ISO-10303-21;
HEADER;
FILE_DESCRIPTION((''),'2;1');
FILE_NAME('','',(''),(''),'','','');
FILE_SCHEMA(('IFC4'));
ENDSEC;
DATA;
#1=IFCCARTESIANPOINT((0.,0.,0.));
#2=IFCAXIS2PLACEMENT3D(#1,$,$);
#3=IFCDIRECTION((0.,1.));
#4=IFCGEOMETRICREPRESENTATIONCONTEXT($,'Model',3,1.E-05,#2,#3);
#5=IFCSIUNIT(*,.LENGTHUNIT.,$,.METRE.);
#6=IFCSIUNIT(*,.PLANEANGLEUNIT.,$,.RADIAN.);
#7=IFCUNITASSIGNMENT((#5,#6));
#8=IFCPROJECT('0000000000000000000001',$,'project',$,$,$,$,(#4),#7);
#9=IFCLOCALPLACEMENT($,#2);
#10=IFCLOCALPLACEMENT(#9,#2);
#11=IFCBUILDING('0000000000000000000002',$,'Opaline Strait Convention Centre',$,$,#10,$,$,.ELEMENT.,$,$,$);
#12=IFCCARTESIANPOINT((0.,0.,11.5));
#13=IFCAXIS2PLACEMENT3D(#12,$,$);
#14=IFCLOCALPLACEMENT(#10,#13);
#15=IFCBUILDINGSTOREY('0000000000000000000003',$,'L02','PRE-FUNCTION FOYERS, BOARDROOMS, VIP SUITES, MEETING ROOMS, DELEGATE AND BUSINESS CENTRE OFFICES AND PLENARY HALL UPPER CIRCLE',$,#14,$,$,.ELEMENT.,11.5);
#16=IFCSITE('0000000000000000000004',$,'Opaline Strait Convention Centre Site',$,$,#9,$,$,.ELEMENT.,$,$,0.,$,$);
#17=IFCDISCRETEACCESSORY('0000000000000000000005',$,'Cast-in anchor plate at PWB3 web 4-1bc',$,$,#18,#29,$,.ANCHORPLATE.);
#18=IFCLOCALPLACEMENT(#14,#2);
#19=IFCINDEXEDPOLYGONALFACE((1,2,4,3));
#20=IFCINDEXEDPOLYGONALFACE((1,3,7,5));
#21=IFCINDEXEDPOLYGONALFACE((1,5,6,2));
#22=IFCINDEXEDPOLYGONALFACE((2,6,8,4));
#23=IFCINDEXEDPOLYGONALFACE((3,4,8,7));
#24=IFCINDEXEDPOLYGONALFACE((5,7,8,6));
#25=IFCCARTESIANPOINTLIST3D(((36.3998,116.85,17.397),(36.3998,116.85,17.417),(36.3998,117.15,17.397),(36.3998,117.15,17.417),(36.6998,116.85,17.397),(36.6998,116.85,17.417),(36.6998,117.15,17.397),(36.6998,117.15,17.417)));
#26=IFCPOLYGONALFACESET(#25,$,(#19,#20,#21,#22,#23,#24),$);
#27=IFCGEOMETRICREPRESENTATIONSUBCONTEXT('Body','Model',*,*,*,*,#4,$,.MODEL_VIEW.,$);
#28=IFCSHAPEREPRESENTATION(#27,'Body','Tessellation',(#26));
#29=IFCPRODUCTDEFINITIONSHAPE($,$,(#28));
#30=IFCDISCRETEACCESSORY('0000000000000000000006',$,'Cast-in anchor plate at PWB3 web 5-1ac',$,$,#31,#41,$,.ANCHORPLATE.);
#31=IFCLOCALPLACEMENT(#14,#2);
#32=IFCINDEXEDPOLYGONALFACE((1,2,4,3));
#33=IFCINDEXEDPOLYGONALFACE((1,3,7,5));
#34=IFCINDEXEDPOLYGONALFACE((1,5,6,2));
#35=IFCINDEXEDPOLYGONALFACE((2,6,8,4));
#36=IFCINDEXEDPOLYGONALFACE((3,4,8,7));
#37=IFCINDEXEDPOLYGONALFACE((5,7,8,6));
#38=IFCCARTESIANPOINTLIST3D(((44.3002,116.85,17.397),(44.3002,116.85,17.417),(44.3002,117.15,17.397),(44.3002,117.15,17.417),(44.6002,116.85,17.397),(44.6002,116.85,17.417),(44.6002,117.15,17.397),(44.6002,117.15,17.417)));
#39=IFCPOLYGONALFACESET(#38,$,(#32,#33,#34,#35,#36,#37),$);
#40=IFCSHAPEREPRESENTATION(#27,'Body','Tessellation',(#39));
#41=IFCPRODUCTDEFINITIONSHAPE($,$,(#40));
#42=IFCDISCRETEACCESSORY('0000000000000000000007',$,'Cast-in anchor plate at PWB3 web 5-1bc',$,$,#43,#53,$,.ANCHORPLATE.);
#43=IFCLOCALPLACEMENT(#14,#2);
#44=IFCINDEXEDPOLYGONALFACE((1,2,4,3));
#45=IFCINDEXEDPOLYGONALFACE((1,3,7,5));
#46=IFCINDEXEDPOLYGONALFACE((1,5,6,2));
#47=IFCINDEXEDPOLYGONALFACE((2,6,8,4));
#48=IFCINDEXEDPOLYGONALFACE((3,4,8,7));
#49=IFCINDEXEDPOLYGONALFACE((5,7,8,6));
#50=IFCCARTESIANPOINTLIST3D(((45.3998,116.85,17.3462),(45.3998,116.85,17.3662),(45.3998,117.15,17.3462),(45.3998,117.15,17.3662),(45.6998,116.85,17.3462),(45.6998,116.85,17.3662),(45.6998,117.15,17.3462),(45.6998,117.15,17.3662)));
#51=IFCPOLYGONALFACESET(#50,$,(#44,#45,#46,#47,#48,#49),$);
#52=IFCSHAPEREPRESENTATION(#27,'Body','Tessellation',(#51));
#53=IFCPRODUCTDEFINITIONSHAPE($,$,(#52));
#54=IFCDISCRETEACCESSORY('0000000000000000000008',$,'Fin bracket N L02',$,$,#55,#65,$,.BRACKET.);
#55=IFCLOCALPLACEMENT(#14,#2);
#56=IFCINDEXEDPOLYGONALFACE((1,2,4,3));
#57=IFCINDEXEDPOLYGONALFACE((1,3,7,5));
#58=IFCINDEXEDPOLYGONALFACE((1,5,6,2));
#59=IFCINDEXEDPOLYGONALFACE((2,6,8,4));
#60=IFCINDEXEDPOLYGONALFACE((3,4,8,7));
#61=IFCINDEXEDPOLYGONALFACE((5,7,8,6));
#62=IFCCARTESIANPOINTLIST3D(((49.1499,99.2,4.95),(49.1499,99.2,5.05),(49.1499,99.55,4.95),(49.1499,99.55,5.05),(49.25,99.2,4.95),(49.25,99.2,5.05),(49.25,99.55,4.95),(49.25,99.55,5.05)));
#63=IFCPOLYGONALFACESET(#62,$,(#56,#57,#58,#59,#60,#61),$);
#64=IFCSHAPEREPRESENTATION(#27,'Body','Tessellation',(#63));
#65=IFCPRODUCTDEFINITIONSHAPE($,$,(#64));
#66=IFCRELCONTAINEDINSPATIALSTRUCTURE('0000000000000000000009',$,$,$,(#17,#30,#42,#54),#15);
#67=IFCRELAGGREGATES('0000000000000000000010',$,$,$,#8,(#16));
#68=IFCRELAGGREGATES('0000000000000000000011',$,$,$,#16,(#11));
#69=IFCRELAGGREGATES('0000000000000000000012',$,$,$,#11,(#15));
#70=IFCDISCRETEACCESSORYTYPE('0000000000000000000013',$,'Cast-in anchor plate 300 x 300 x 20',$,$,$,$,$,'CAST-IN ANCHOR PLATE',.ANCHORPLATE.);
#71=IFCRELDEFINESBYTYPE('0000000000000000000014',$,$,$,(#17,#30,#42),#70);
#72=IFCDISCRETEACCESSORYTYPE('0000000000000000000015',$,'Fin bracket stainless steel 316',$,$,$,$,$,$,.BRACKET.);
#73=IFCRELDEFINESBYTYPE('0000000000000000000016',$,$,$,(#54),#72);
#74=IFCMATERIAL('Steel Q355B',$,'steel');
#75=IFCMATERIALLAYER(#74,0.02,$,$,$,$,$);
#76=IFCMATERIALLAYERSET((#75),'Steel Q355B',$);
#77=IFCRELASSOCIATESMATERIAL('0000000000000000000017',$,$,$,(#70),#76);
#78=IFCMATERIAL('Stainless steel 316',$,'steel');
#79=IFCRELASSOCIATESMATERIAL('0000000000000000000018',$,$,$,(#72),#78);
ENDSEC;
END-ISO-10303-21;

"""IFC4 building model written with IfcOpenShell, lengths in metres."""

from ifc_helpers import new_model, si_unit, direction, frame, origin, origin_2d, place, context, subcontext, project, spatial, rectangle, extrude, material, layer, layer_set, type_object, element, save


model = new_model("IFC4")

# Units and contexts
model_context = context("Model", 3, precision=1e-05, world=origin(), true_north=direction((0.0, 1.0)))
body_context = subcontext(model_context, "Body", "Model", "MODEL_VIEW")
ifc_project = project(units=[si_unit("LENGTHUNIT", "METRE"), si_unit("PLANEANGLEUNIT", "RADIAN")], contexts=[model_context])

# Site, building, storey
site_placement = place(None, origin())
site = spatial("IfcSite", under=ifc_project, at=site_placement, Name="Opaline Strait Convention Centre Site", CompositionType="ELEMENT", RefElevation=0.0)
building_placement = place(site_placement, origin())
building = spatial("IfcBuilding", under=site, at=building_placement, Name="Opaline Strait Convention Centre", CompositionType="ELEMENT")
storey_placement = place(building_placement, frame((0.0, 0.0, 11.5)))
storey = spatial("IfcBuildingStorey", under=building, at=storey_placement, Name="L02", Description="PRE-FUNCTION FOYERS, BOARDROOMS, VIP SUITES, MEETING ROOMS, DELEGATE AND BUSINESS CENTRE OFFICES AND PLENARY HALL UPPER CIRCLE", CompositionType="ELEMENT", Elevation=11.5)

# Shared definitions
ifc_material_1 = material(Name="Steel Q355B", Category="steel")

# Discrete accessories
ifc_layer_1 = layer(ifc_material_1, 0.02)
ifc_layer_set_1 = layer_set([ifc_layer_1], Name="Steel Q355B")
discrete_accessory_type_1 = type_object("IfcDiscreteAccessoryType", Name="Cast-in anchor plate 300 x 300 x 20", ElementType="CAST-IN ANCHOR PLATE", PredefinedType="ANCHORPLATE", material=ifc_layer_set_1)
for number, where, z_axis, x_axis, name in (
    (1, (36.5498, 117.0, 17.397), (0.0, 0.0, 1.0), (1.0, 0.0, 0.0), "Cast-in anchor plate at PWB3 web 4-1bc"),
    (2, (44.4502, 117.0, 17.397), (0.0, 0.0, 1.0), (1.0, 0.0, 0.0), "Cast-in anchor plate at PWB3 web 5-1ac"),
    (3, (45.5498, 117.0, 17.3462), (0.0, 0.0, 1.0), (1.0, 0.0, 0.0), "Cast-in anchor plate at PWB3 web 5-1bc"),
):
    element("IfcDiscreteAccessory", number, at=place(storey_placement, frame(where, z_axis=z_axis, x_axis=x_axis)), inside=storey, type_object=discrete_accessory_type_1, Name=name, PredefinedType="ANCHORPLATE", context=body_context, shape_type="SweptSolid", body=[
        extrude(rectangle(XDim=0.3, YDim=0.3, at=origin_2d()), origin(), (0.0, 0.0, 1.0), 0.02),
    ])
ifc_material_2 = material(Name="Stainless steel 316", Category="steel")
discrete_accessory_type_2 = type_object("IfcDiscreteAccessoryType", Name="Fin bracket stainless steel 316", PredefinedType="BRACKET", material=ifc_material_2)
discrete_accessory_placement = place(storey_placement, frame((49.2, 99.375, 4.95), z_axis=(0.0, 0.0, 1.0), x_axis=(1.0, 0.0, 0.0)))
element("IfcDiscreteAccessory", 4, at=discrete_accessory_placement, inside=storey, type_object=discrete_accessory_type_2, Name="Fin bracket N L02", PredefinedType="BRACKET", context=body_context, shape_type="SweptSolid", body=[
    extrude(rectangle(XDim=0.1001, YDim=0.3501, at=origin_2d()), origin(), (0.0, 0.0, 1.0), 0.1001),
])

save(model, "model.ifc")
